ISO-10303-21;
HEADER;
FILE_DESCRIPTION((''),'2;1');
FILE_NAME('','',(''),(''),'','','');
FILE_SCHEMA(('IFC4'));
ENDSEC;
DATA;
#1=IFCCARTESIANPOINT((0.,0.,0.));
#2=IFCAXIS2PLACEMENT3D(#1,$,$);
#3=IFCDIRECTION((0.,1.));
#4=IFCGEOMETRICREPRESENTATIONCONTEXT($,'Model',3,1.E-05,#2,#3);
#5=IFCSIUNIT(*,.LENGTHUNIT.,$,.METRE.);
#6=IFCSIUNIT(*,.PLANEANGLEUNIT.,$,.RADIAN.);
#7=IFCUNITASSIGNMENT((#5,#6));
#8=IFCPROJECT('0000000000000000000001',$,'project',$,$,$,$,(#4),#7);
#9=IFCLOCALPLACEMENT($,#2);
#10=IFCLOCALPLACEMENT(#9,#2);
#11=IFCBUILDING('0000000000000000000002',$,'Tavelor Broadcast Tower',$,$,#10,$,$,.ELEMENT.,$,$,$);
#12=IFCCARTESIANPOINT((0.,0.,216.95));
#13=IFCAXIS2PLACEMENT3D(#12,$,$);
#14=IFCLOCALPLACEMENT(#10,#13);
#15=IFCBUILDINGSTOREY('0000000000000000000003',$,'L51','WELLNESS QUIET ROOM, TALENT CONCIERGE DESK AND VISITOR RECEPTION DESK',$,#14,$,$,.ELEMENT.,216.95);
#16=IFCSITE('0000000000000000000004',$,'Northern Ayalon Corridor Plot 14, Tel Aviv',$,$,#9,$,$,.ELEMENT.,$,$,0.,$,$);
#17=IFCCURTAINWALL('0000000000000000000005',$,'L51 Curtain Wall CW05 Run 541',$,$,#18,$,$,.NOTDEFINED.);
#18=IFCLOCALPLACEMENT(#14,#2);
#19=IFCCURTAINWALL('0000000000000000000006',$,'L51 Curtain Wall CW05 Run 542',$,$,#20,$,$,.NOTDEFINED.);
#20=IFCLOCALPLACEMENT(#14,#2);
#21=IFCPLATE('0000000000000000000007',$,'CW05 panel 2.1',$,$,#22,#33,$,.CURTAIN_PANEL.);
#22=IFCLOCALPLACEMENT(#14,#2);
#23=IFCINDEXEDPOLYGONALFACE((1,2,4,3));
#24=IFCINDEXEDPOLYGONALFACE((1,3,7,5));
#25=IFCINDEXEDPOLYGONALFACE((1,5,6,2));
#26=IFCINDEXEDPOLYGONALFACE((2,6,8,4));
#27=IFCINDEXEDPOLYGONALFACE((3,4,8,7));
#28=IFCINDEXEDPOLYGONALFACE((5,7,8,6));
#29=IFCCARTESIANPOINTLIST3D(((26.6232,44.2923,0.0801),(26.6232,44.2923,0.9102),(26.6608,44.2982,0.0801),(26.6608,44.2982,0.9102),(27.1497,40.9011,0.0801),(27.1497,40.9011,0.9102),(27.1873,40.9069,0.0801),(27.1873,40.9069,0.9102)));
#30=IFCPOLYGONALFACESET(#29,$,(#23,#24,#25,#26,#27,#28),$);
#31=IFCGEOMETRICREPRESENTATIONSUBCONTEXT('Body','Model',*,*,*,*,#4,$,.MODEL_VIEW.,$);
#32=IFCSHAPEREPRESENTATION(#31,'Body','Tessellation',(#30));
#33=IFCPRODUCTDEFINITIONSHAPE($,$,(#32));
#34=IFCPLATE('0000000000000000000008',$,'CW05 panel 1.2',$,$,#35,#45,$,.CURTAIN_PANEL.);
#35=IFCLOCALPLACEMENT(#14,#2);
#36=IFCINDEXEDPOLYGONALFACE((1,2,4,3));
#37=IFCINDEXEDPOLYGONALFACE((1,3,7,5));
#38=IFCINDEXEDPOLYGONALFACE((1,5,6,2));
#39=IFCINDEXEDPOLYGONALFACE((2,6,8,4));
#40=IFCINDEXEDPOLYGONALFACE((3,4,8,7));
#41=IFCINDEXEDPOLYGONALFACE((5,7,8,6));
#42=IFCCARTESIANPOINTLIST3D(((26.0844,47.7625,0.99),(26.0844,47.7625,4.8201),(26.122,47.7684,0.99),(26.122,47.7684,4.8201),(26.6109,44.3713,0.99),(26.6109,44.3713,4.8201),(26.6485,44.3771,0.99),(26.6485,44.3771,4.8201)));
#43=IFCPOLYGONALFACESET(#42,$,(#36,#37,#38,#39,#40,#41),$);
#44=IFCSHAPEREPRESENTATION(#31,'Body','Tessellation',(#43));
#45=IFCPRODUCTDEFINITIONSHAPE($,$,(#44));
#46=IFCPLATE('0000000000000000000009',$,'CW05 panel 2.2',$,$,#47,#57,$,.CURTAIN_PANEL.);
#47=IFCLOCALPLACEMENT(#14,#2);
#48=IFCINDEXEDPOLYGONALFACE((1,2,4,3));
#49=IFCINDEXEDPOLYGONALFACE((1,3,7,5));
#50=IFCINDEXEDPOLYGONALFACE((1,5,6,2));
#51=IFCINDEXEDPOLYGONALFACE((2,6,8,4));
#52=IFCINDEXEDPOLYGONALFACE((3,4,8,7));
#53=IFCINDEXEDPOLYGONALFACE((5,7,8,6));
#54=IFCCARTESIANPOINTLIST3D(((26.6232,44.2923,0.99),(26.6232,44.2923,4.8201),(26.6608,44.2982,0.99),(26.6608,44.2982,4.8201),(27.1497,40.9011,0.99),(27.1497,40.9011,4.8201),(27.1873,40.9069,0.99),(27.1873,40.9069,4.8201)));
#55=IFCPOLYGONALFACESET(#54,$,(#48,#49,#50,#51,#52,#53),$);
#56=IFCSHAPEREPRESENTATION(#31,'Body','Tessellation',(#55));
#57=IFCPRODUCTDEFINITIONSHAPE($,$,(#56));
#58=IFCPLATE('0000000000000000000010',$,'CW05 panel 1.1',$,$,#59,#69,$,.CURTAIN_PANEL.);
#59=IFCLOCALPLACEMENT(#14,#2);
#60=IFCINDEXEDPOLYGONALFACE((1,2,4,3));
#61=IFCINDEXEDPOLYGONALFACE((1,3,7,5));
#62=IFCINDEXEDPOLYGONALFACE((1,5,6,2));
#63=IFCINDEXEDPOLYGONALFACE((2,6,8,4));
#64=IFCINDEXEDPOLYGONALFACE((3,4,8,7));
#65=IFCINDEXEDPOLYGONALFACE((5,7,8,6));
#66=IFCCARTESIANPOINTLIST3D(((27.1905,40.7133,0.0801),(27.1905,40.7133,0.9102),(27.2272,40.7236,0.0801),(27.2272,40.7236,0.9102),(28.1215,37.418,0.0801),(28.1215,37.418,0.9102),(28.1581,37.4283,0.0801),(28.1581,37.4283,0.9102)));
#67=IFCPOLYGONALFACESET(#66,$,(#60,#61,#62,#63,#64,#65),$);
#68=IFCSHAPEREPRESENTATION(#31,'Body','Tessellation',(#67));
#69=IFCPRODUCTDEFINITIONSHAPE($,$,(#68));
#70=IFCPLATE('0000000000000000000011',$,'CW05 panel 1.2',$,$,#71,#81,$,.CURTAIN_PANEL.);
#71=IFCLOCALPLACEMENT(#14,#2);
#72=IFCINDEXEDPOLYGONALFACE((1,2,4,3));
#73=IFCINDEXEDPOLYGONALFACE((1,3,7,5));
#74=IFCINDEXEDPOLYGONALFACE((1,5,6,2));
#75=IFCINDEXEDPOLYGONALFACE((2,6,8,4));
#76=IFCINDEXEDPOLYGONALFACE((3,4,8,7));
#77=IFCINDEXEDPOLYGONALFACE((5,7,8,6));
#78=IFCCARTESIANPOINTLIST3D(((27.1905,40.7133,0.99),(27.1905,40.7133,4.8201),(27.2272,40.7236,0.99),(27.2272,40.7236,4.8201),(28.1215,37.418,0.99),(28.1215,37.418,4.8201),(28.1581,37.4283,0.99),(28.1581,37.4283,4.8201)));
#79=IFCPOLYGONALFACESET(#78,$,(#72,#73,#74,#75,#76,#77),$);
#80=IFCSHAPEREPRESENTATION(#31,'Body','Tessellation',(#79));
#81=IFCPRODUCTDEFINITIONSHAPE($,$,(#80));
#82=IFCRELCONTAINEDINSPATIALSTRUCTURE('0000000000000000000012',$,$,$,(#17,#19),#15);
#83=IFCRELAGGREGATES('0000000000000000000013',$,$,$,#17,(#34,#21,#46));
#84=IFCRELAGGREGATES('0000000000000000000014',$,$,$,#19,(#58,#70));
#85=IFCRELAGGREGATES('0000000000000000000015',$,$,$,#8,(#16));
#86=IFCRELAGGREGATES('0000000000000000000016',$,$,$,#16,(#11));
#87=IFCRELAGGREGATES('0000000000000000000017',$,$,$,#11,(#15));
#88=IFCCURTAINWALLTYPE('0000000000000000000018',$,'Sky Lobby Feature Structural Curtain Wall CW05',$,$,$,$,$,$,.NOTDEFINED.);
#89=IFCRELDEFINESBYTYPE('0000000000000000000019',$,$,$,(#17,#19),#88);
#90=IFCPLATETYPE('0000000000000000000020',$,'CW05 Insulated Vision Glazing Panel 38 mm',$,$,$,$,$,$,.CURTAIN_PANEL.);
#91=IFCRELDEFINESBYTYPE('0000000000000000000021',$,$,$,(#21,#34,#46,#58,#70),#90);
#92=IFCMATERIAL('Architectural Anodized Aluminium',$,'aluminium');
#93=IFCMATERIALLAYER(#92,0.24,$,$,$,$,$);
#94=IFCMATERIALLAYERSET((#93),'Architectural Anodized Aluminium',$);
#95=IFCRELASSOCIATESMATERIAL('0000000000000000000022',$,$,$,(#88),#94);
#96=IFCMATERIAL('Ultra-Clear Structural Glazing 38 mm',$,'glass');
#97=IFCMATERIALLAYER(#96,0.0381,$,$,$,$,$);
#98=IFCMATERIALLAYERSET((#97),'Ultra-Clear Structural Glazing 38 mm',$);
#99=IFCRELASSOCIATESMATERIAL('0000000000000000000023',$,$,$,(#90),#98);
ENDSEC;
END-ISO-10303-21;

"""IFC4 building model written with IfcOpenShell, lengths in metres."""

from ifc_helpers import new_model, si_unit, direction, frame, origin, origin_2d, place, context, subcontext, project, spatial, rectangle, extrude, source, transform, mapped, material, layer, layer_set, type_object, type_shapes, element, aggregate, save


model = new_model("IFC4")

# Units and contexts
model_context = context("Model", 3, precision=1e-05, world=origin(), true_north=direction((0.0, 1.0)))
body_context = subcontext(model_context, "Body", "Model", "MODEL_VIEW")
ifc_project = project(units=[si_unit("LENGTHUNIT", "METRE"), si_unit("PLANEANGLEUNIT", "RADIAN")], contexts=[model_context])

# Site, building, storey
site_placement = place(None, origin())
site = spatial("IfcSite", under=ifc_project, at=site_placement, Name="Northern Ayalon Corridor Plot 14, Tel Aviv", CompositionType="ELEMENT", RefElevation=0.0)
building_placement = place(site_placement, origin())
building = spatial("IfcBuilding", under=site, at=building_placement, Name="Tavelor Broadcast Tower", CompositionType="ELEMENT")
storey_placement = place(building_placement, frame((0.0, 0.0, 216.95)))
storey = spatial("IfcBuildingStorey", under=building, at=storey_placement, Name="L51", Description="WELLNESS QUIET ROOM, TALENT CONCIERGE DESK AND VISITOR RECEPTION DESK", CompositionType="ELEMENT", Elevation=216.95)

# Curtain walls
ifc_material_1 = material(Name="Architectural Anodized Aluminium", Category="aluminium")
ifc_layer_1 = layer(ifc_material_1, 0.24)
ifc_layer_set_1 = layer_set([ifc_layer_1], Name="Architectural Anodized Aluminium")
curtain_wall_type = type_object("IfcCurtainWallType", Name="Sky Lobby Feature Structural Curtain Wall CW05", PredefinedType="NOTDEFINED", material=ifc_layer_set_1)
curtain_wall_1_placement = place(storey_placement, origin())
curtain_wall_1 = element("IfcCurtainWall", 1, at=curtain_wall_1_placement, inside=storey, type_object=curtain_wall_type, Name="L51 Curtain Wall CW05 Run 541", PredefinedType="NOTDEFINED")
curtain_wall_2_placement = place(storey_placement, origin())
curtain_wall_2 = element("IfcCurtainWall", 2, at=curtain_wall_2_placement, inside=storey, type_object=curtain_wall_type, Name="L51 Curtain Wall CW05 Run 542", PredefinedType="NOTDEFINED")

# Plates
ifc_material_2 = material(Name="Ultra-Clear Structural Glazing 38 mm", Category="glass")
ifc_layer_2 = layer(ifc_material_2, 0.0381)
ifc_layer_set_2 = layer_set([ifc_layer_2], Name="Ultra-Clear Structural Glazing 38 mm")
plate_type_1 = type_object("IfcPlateType", Name="CW05 Insulated Vision Glazing Panel 38 mm", PredefinedType="CURTAIN_PANEL", material=ifc_layer_set_2)
shared_shape_1 = source(origin(), body_context, "Body", "SweptSolid", [
    extrude(rectangle(XDim=3.4319, YDim=0.0381, at=origin_2d()), origin(), (0.0, 0.0, 1.0), 0.8301),
])
plate_1_placement = place(storey_placement, frame((26.9053, 42.5996, 0.0801), z_axis=(0.0, 0.0, 1.0), x_axis=(0.153411, -0.988162, 0.0)))
plate_1 = element("IfcPlate", 3, at=plate_1_placement, type_object=plate_type_1, Name="CW05 panel 2.1", PredefinedType="CURTAIN_PANEL", context=body_context, shape_type="MappedRepresentation", body=[
    mapped(shared_shape_1, transform((0.0, 0.0, 0.0), scale=1.0)),
])
shared_shape_2 = source(origin(), body_context, "Body", "SweptSolid", [
    extrude(rectangle(XDim=3.4319, YDim=0.0381, at=origin_2d()), origin(), (0.0, 0.0, 1.0), 3.8301),
])
plate_2_placement = place(storey_placement, frame((26.3665, 46.0698, 0.99), z_axis=(0.0, 0.0, 1.0), x_axis=(0.153411, -0.988162, 0.0)))
plate_2 = element("IfcPlate", 4, at=plate_2_placement, type_object=plate_type_1, Name="CW05 panel 1.2", PredefinedType="CURTAIN_PANEL", context=body_context, shape_type="MappedRepresentation", body=[
    mapped(shared_shape_2, transform((0.0, 0.0, 0.0), scale=1.0)),
])
plate_3_placement = place(storey_placement, frame((26.9053, 42.5996, 0.99), z_axis=(0.0, 0.0, 1.0), x_axis=(0.153411, -0.988162, 0.0)))
plate_3 = element("IfcPlate", 5, at=plate_3_placement, type_object=plate_type_1, Name="CW05 panel 2.2", PredefinedType="CURTAIN_PANEL", context=body_context, shape_type="MappedRepresentation", body=[
    mapped(shared_shape_2, transform((0.0, 0.0, 0.0), scale=1.0)),
])
aggregate(curtain_wall_1, [plate_2, plate_1, plate_3])
shared_shape_3 = source(origin(), body_context, "Body", "SweptSolid", [
    extrude(rectangle(XDim=3.4243, YDim=0.0381, at=origin_2d()), origin(), (0.0, 0.0, 1.0), 0.8301),
])
plate_4_placement = place(storey_placement, frame((27.6743, 39.0708, 0.0801), z_axis=(0.0, 0.0, 1.0), x_axis=(0.271866, -0.962335, 0.0)))
plate_4 = element("IfcPlate", 6, at=plate_4_placement, type_object=plate_type_1, Name="CW05 panel 1.1", PredefinedType="CURTAIN_PANEL", context=body_context, shape_type="MappedRepresentation", body=[
    mapped(shared_shape_3, transform((0.0, 0.0, 0.0), scale=1.0)),
])
shared_shape_4 = source(origin(), body_context, "Body", "SweptSolid", [
    extrude(rectangle(XDim=3.4243, YDim=0.0381, at=origin_2d()), origin(), (0.0, 0.0, 1.0), 3.8301),
])
type_shapes(plate_type_1, [shared_shape_1, shared_shape_2, shared_shape_3, shared_shape_4])
plate_5_placement = place(storey_placement, frame((27.6743, 39.0708, 0.99), z_axis=(0.0, 0.0, 1.0), x_axis=(0.271866, -0.962335, 0.0)))
plate_5 = element("IfcPlate", 7, at=plate_5_placement, type_object=plate_type_1, Name="CW05 panel 1.2", PredefinedType="CURTAIN_PANEL", context=body_context, shape_type="MappedRepresentation", body=[
    mapped(shared_shape_4, transform((0.0, 0.0, 0.0), scale=1.0)),
])
aggregate(curtain_wall_2, [plate_4, plate_5])

save(model, "model.ifc")
